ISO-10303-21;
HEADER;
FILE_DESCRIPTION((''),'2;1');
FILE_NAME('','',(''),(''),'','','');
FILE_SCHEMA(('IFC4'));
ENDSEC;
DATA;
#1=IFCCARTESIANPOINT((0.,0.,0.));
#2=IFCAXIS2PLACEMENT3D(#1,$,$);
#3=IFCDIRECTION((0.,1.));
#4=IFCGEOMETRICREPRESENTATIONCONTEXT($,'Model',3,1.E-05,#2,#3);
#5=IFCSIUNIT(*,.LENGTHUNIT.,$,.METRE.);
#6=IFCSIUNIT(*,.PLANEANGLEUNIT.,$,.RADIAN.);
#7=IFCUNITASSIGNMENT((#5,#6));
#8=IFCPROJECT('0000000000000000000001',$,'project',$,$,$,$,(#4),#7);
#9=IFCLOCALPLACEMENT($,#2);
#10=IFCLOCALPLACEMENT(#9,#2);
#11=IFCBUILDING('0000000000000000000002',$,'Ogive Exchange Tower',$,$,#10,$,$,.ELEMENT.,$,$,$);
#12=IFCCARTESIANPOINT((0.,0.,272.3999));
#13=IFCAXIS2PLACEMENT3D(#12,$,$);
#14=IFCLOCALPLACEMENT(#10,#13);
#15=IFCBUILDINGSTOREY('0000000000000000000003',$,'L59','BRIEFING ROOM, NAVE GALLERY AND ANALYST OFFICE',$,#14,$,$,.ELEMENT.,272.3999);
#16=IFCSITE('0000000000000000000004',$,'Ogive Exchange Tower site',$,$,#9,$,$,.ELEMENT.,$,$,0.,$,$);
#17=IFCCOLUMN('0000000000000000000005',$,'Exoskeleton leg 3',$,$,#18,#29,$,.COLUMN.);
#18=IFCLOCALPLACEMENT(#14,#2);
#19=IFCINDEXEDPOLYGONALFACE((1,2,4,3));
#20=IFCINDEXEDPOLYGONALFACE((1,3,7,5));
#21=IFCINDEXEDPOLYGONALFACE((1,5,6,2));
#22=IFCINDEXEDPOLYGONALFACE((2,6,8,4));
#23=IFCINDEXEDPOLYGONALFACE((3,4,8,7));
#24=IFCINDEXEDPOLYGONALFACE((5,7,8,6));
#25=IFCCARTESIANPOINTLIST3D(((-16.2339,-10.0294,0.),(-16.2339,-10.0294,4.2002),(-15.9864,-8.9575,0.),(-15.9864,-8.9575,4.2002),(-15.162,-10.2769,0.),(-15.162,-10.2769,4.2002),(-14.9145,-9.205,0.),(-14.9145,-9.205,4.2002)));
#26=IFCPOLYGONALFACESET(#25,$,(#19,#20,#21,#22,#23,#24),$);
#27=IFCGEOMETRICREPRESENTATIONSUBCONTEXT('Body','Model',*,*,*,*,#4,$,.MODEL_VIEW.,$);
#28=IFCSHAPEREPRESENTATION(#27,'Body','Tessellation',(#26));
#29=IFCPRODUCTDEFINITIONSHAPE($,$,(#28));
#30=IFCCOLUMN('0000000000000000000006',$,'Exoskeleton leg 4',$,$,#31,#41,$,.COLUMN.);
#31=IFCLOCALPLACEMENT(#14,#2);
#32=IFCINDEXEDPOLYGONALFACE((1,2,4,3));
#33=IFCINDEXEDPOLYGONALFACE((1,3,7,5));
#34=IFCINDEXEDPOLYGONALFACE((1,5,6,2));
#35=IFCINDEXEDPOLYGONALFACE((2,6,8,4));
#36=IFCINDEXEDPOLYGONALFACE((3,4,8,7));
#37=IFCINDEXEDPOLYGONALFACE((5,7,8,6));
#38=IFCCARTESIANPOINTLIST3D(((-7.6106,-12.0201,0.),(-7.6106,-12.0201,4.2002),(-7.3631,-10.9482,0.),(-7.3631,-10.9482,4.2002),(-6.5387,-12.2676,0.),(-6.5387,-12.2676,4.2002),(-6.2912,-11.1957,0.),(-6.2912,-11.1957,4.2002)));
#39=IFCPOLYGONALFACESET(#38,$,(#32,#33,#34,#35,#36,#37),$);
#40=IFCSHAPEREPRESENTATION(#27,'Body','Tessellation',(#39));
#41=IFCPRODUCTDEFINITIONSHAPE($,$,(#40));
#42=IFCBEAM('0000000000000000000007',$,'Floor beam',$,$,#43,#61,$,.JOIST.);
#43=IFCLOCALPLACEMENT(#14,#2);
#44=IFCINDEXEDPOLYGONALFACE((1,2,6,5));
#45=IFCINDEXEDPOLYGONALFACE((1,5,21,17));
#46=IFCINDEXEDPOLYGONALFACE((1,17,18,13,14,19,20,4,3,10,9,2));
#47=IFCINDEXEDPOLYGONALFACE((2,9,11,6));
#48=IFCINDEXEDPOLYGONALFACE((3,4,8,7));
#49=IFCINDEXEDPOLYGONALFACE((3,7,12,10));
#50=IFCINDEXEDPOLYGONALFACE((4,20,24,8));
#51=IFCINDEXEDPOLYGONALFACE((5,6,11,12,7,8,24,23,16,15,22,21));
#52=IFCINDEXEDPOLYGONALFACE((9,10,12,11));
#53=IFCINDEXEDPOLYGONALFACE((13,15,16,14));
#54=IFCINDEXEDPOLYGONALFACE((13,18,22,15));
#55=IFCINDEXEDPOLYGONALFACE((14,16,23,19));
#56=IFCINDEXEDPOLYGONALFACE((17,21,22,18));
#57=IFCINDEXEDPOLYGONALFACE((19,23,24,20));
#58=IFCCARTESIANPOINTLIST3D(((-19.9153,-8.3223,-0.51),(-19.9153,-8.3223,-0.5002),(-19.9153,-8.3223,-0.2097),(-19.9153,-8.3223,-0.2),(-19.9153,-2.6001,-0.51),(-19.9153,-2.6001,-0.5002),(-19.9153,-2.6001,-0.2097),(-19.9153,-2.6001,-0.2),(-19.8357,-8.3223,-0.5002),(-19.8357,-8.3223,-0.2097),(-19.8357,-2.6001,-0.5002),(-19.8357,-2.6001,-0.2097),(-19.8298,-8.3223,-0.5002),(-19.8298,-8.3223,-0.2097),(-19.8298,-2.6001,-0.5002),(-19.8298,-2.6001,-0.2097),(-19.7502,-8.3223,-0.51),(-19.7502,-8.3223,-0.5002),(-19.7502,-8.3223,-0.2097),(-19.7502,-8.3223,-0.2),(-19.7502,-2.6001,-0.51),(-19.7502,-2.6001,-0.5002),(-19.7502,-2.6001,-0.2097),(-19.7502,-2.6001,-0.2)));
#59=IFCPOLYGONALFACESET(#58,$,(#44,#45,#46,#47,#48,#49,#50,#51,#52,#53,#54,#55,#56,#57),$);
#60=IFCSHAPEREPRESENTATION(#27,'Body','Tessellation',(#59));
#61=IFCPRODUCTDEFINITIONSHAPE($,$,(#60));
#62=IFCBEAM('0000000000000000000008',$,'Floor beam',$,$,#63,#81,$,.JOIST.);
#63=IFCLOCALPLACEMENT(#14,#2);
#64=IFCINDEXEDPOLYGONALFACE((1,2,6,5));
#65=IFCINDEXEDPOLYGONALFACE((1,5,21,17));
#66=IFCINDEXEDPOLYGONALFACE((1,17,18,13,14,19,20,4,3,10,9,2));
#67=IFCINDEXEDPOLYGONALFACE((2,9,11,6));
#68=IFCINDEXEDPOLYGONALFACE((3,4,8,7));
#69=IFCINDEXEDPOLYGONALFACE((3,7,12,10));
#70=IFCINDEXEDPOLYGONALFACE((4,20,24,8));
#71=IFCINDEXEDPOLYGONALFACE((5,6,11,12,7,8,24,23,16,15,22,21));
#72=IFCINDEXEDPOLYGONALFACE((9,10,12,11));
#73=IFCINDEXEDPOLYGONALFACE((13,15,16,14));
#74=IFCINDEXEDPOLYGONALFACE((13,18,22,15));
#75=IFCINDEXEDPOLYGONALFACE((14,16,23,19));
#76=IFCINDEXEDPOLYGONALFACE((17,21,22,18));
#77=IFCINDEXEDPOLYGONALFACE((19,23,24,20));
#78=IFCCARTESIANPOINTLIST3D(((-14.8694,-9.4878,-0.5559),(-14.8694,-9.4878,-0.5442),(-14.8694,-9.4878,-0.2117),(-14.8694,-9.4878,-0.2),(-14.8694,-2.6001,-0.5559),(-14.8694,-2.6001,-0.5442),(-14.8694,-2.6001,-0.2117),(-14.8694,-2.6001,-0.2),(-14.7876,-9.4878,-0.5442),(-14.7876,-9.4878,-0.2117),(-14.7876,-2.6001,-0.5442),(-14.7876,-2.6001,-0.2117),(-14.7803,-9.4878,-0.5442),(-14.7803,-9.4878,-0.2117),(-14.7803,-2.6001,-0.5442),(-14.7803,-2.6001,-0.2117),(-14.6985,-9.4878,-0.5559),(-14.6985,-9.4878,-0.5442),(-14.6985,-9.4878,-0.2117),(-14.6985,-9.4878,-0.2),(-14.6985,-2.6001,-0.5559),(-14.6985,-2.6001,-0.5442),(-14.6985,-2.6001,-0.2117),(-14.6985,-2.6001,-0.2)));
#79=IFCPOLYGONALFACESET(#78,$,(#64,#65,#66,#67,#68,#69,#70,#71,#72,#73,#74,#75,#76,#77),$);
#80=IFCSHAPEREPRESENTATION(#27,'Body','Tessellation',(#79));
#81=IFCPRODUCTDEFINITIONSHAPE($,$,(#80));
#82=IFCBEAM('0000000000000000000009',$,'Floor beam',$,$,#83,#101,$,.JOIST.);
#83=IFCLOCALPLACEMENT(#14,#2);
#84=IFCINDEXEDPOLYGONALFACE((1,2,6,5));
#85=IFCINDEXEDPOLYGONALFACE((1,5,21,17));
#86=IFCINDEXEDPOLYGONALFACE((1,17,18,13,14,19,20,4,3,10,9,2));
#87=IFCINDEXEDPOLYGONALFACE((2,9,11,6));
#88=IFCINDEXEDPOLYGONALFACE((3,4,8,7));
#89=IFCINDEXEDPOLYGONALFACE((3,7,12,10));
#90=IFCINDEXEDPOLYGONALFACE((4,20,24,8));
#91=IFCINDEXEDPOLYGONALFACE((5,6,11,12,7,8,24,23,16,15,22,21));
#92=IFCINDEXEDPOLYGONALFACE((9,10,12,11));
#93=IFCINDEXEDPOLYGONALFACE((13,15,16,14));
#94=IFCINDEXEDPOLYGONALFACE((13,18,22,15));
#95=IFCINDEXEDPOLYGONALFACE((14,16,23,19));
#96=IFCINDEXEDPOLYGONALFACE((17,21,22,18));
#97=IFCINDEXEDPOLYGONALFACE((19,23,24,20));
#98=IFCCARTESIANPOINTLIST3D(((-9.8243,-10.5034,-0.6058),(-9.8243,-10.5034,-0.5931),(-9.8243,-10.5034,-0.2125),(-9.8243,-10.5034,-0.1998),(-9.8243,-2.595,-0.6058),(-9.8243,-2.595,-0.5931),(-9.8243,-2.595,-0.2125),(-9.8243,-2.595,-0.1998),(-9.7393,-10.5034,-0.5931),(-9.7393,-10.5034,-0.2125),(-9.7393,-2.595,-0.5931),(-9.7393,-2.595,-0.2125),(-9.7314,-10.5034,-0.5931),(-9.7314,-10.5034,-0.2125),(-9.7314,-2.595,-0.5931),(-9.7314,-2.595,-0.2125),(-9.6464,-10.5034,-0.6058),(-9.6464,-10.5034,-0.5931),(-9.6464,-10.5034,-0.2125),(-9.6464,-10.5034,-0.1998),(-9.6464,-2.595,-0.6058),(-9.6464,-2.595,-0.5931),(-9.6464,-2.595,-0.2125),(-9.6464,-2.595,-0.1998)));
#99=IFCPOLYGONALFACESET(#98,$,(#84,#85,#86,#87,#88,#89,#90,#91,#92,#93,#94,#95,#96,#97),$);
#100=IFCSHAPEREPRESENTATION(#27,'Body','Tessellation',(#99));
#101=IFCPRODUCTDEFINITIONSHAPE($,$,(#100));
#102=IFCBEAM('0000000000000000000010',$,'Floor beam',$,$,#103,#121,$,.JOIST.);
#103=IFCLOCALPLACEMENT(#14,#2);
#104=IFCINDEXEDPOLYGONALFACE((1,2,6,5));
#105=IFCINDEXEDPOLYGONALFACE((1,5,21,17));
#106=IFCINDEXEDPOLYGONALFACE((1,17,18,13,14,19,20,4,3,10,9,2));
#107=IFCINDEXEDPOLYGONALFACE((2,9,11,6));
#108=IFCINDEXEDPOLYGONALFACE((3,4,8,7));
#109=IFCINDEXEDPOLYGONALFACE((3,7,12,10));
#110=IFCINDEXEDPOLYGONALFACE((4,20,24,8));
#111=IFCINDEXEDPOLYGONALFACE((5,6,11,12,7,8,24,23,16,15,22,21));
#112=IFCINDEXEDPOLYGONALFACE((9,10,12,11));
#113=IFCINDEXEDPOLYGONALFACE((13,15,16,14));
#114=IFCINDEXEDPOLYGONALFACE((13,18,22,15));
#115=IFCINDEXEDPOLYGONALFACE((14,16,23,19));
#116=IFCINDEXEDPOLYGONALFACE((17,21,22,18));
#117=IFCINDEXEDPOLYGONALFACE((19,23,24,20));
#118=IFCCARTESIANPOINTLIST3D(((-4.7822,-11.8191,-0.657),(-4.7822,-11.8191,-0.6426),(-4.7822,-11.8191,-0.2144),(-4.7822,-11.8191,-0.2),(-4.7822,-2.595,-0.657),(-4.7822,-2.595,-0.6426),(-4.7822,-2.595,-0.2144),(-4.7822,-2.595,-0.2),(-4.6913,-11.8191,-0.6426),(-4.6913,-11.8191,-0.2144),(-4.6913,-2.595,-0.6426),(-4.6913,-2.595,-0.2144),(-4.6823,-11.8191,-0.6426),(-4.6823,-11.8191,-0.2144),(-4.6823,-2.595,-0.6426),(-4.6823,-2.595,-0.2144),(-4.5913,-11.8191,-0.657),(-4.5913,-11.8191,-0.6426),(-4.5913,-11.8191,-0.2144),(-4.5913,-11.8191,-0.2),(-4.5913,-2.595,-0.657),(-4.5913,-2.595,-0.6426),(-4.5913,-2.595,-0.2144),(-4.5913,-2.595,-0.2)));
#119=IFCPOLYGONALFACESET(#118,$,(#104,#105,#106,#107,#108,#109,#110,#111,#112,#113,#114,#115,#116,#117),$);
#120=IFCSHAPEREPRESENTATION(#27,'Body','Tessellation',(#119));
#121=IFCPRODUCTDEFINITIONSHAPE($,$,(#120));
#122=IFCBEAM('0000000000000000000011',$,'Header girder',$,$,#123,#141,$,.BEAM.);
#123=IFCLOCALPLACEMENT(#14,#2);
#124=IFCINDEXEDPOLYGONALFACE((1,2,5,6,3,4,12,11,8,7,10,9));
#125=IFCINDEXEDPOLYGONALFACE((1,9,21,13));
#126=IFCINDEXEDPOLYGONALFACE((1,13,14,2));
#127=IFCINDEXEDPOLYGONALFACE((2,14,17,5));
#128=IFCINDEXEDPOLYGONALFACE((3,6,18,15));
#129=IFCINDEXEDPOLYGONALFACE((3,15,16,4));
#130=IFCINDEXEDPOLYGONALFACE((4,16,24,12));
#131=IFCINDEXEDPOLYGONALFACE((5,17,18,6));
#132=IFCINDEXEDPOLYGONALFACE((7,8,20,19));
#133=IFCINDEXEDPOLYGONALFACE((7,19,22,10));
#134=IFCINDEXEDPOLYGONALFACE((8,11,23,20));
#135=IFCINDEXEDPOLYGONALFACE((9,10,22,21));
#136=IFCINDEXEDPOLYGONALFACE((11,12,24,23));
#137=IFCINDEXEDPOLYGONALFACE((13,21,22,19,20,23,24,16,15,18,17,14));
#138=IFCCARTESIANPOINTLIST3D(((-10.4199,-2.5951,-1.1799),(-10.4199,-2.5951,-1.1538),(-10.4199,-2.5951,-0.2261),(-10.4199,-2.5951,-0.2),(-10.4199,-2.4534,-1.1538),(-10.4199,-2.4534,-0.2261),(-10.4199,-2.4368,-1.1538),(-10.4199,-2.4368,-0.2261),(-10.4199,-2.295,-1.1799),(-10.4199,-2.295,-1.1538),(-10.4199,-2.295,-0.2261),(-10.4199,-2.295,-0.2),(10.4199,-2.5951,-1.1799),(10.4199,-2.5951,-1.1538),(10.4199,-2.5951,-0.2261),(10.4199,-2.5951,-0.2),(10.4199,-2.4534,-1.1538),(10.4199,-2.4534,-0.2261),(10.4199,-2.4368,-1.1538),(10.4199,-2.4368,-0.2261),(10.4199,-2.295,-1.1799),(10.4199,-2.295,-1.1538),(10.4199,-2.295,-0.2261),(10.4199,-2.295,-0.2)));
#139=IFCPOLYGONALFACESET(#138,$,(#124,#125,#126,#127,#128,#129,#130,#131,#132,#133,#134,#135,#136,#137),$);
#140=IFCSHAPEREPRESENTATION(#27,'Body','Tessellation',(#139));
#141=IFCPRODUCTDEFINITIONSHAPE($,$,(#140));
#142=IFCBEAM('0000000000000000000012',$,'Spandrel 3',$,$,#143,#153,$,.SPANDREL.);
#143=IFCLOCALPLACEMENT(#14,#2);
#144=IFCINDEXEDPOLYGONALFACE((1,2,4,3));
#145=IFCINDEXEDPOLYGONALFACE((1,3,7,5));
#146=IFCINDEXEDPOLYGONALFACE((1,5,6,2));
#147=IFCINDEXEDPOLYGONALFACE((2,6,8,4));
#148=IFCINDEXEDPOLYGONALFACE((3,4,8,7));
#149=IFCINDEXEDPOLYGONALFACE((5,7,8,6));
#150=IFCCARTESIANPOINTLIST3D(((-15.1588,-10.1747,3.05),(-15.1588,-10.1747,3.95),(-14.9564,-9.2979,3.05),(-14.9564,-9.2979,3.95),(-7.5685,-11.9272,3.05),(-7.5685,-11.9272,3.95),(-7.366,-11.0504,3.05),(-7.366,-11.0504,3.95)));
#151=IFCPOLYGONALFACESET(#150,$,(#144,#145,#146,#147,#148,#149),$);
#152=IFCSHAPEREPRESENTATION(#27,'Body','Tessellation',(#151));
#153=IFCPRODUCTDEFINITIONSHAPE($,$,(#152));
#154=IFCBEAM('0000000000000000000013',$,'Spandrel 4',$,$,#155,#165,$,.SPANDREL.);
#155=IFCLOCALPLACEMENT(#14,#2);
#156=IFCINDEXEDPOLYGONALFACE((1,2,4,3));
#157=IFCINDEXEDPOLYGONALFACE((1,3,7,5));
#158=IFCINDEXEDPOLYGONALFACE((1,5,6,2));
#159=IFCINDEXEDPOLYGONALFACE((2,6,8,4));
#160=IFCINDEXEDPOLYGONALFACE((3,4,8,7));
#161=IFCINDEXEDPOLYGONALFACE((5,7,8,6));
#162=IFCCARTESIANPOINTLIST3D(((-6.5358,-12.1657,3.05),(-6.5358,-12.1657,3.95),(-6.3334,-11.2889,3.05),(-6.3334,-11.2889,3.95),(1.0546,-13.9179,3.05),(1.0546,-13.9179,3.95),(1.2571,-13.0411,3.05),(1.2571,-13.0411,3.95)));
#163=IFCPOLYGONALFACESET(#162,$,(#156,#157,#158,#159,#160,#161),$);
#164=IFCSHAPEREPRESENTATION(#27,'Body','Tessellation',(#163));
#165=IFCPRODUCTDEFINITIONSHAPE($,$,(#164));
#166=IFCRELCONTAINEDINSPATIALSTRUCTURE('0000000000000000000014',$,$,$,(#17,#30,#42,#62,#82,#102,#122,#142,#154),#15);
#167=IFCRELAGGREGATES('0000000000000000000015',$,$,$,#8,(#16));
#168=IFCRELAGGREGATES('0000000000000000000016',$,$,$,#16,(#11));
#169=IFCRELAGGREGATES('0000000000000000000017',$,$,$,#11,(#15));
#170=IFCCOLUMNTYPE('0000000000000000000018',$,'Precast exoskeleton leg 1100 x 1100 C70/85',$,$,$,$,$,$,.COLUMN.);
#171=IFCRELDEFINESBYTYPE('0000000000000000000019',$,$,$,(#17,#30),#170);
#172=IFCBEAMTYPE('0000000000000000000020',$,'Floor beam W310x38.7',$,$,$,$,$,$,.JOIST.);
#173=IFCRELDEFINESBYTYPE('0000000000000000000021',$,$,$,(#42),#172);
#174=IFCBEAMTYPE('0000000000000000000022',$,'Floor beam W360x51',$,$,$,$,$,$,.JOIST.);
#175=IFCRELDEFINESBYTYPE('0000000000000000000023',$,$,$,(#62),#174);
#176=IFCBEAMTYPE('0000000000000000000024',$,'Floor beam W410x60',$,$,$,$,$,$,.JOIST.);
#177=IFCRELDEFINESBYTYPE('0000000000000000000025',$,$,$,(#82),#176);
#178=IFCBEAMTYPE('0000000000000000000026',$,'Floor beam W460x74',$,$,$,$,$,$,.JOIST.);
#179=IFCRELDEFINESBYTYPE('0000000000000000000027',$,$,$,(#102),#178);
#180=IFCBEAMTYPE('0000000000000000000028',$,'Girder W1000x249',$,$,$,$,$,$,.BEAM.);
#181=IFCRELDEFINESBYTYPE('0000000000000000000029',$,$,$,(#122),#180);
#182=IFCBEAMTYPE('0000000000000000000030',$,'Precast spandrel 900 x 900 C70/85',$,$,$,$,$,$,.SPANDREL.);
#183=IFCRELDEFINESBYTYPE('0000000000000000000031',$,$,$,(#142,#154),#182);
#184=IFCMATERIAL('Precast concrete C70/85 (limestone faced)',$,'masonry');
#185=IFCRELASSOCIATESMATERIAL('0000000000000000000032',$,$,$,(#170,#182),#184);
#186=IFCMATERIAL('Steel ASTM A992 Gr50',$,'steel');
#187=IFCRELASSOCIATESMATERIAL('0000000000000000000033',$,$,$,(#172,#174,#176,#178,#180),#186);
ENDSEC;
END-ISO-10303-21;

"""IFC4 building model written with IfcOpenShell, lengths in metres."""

from ifc_helpers import new_model, si_unit, direction, frame, origin, origin_2d, place, context, subcontext, project, spatial, rectangle, i_section, extrude, material, material_profile, profile_set, type_object, element, save


model = new_model("IFC4")

# Units and contexts
model_context = context("Model", 3, precision=1e-05, world=origin(), true_north=direction((0.0, 1.0)))
body_context = subcontext(model_context, "Body", "Model", "MODEL_VIEW")
ifc_project = project(units=[si_unit("LENGTHUNIT", "METRE"), si_unit("PLANEANGLEUNIT", "RADIAN")], contexts=[model_context])

# Site, building, storey
site_placement = place(None, origin())
site = spatial("IfcSite", under=ifc_project, at=site_placement, Name="Ogive Exchange Tower site", CompositionType="ELEMENT", RefElevation=0.0)
building_placement = place(site_placement, origin())
building = spatial("IfcBuilding", under=site, at=building_placement, Name="Ogive Exchange Tower", CompositionType="ELEMENT")
storey_placement = place(building_placement, frame((0.0, 0.0, 272.3999)))
storey = spatial("IfcBuildingStorey", under=building, at=storey_placement, Name="L59", Description="BRIEFING ROOM, NAVE GALLERY AND ANALYST OFFICE", CompositionType="ELEMENT", Elevation=272.3999)

# Columns
ifc_material_1 = material(Name="Precast concrete C70/85 (limestone faced)", Category="masonry")
ifc_material_profile_1 = material_profile(ifc_material_1, rectangle(XDim=1.1001, YDim=1.1001, at=origin_2d()), Name="1100 x 1100")
ifc_profile_set_1 = profile_set([ifc_material_profile_1], Name="Precast concrete C70/85 (limestone faced)")
column_type = type_object("IfcColumnType", Name="Precast exoskeleton leg 1100 x 1100 C70/85", PredefinedType="COLUMN", material=ifc_profile_set_1)
for number, where, z_axis, x_axis, name in (
    (1, (-15.5742, -9.6172, 0.0), (0.0, 0.0, 1.0), (0.97437, -0.224951, 0.0), "Exoskeleton leg 3"),
    (2, (-6.9509, -11.6079, 0.0), (0.0, 0.0, 1.0), (0.97437, -0.224951, 0.0), "Exoskeleton leg 4"),
):
    element("IfcColumn", number, at=place(storey_placement, frame(where, z_axis=z_axis, x_axis=x_axis)), inside=storey, type_object=column_type, Name=name, PredefinedType="COLUMN", context=body_context, shape_type="SweptSolid", body=[
        extrude(rectangle(XDim=1.1001, YDim=1.1001, at=origin_2d()), origin(), (0.0, 0.0, 1.0), 4.2002),
    ])

# Beams
ifc_material_2 = material(Name="Steel ASTM A992 Gr50", Category="steel")
ifc_material_profile_2 = material_profile(ifc_material_2, i_section(OverallWidth=0.165, OverallDepth=0.3101, WebThickness=0.0059, FlangeThickness=0.0098, at=origin_2d()), Name="W310x38.7")
ifc_profile_set_2 = profile_set([ifc_material_profile_2], Name="Steel ASTM A992 Gr50")
beam_type_1 = type_object("IfcBeamType", Name="Floor beam W310x38.7", PredefinedType="JOIST", material=ifc_profile_set_2)
beam_1_placement = place(storey_placement, frame((-19.8328, -8.3223, -0.355), z_axis=(0.0, 1.0, 0.0), x_axis=(-1.0, 0.0, 0.0)))
element("IfcBeam", 3, at=beam_1_placement, inside=storey, type_object=beam_type_1, Name="Floor beam", PredefinedType="JOIST", context=body_context, shape_type="SweptSolid", body=[
    extrude(i_section(OverallWidth=0.165, OverallDepth=0.3101, WebThickness=0.0059, FlangeThickness=0.0098, at=origin_2d()), origin(), (0.0, 0.0, 1.0), 5.7222),
])
ifc_material_profile_3 = material_profile(ifc_material_2, i_section(OverallWidth=0.1709, OverallDepth=0.356, WebThickness=0.0073, FlangeThickness=0.0117, at=origin_2d()), Name="W360x51")
ifc_profile_set_3 = profile_set([ifc_material_profile_3], Name="Steel ASTM A992 Gr50")
beam_type_2 = type_object("IfcBeamType", Name="Floor beam W360x51", PredefinedType="JOIST", material=ifc_profile_set_3)
beam_2_placement = place(storey_placement, frame((-14.7839, -9.4878, -0.3779), z_axis=(0.0, 1.0, 0.0), x_axis=(-1.0, 0.0, 0.0)))
element("IfcBeam", 4, at=beam_2_placement, inside=storey, type_object=beam_type_2, Name="Floor beam", PredefinedType="JOIST", context=body_context, shape_type="SweptSolid", body=[
    extrude(i_section(OverallWidth=0.1709, OverallDepth=0.356, WebThickness=0.0073, FlangeThickness=0.0117, at=origin_2d()), origin(), (0.0, 0.0, 1.0), 6.8877),
])
ifc_material_profile_4 = material_profile(ifc_material_2, i_section(OverallWidth=0.178, OverallDepth=0.406, WebThickness=0.0078, FlangeThickness=0.0127, at=origin_2d()), Name="W410x60")
ifc_profile_set_4 = profile_set([ifc_material_profile_4], Name="Steel ASTM A992 Gr50")
beam_type_3 = type_object("IfcBeamType", Name="Floor beam W410x60", PredefinedType="JOIST", material=ifc_profile_set_4)
beam_3_placement = place(storey_placement, frame((-9.7354, -10.5034, -0.4028), z_axis=(0.0, 1.0, 0.0), x_axis=(-1.0, 0.0, 0.0)))
element("IfcBeam", 5, at=beam_3_placement, inside=storey, type_object=beam_type_3, Name="Floor beam", PredefinedType="JOIST", context=body_context, shape_type="SweptSolid", body=[
    extrude(i_section(OverallWidth=0.178, OverallDepth=0.406, WebThickness=0.0078, FlangeThickness=0.0127, at=origin_2d()), origin(), (0.0, 0.0, 1.0), 7.9084),
])
ifc_material_profile_5 = material_profile(ifc_material_2, i_section(OverallWidth=0.1909, OverallDepth=0.457, WebThickness=0.009, FlangeThickness=0.0144, at=origin_2d()), Name="W460x74")
ifc_profile_set_5 = profile_set([ifc_material_profile_5], Name="Steel ASTM A992 Gr50")
beam_type_4 = type_object("IfcBeamType", Name="Floor beam W460x74", PredefinedType="JOIST", material=ifc_profile_set_5)
beam_4_placement = place(storey_placement, frame((-4.6868, -11.8191, -0.4285), z_axis=(0.0, 1.0, 0.0), x_axis=(-1.0, 0.0, 0.0)))
element("IfcBeam", 6, at=beam_4_placement, inside=storey, type_object=beam_type_4, Name="Floor beam", PredefinedType="JOIST", context=body_context, shape_type="SweptSolid", body=[
    extrude(i_section(OverallWidth=0.1909, OverallDepth=0.457, WebThickness=0.009, FlangeThickness=0.0144, at=origin_2d()), origin(), (0.0, 0.0, 1.0), 9.2241),
])
ifc_material_profile_6 = material_profile(ifc_material_2, i_section(OverallWidth=0.3, OverallDepth=0.98, WebThickness=0.0166, FlangeThickness=0.0261, at=origin_2d()), Name="W1000x249")
ifc_profile_set_6 = profile_set([ifc_material_profile_6], Name="Steel ASTM A992 Gr50")
beam_type_5 = type_object("IfcBeamType", Name="Girder W1000x249", PredefinedType="BEAM", material=ifc_profile_set_6)
beam_5_placement = place(storey_placement, frame((-10.4199, -2.4451, -0.6899), z_axis=(1.0, 0.0, 0.0), x_axis=(0.0, 1.0, 0.0)))
element("IfcBeam", 7, at=beam_5_placement, inside=storey, type_object=beam_type_5, Name="Header girder", PredefinedType="BEAM", context=body_context, shape_type="SweptSolid", body=[
    extrude(i_section(OverallWidth=0.3, OverallDepth=0.98, WebThickness=0.0166, FlangeThickness=0.0261, at=origin_2d()), origin(), (0.0, 0.0, 1.0), 20.8398),
])
ifc_material_profile_7 = material_profile(ifc_material_1, rectangle(XDim=0.8999, YDim=0.8999, at=origin_2d()), Name="900 x 900")
ifc_profile_set_7 = profile_set([ifc_material_profile_7], Name="Precast concrete C70/85 (limestone faced)")
beam_type_6 = type_object("IfcBeamType", Name="Precast spandrel 900 x 900 C70/85", PredefinedType="SPANDREL", material=ifc_profile_set_7)
for number, where, z_axis, x_axis, name in (
    (8, (-15.0576, -9.7363, 3.5), (0.974368, -0.22496, 0.0), (0.22496, 0.974368, 0.0), "Spandrel 3"),
    (9, (-6.4346, -11.7273, 3.5), (0.974375, -0.22493, 0.0), (0.22493, 0.974375, 0.0), "Spandrel 4"),
):
    element("IfcBeam", number, at=place(storey_placement, frame(where, z_axis=z_axis, x_axis=x_axis)), inside=storey, type_object=beam_type_6, Name=name, PredefinedType="SPANDREL", context=body_context, shape_type="SweptSolid", body=[
        extrude(rectangle(XDim=0.8999, YDim=0.8999, at=origin_2d()), origin(), (0.0, 0.0, 1.0), 7.79),
    ])

save(model, "model.ifc")
